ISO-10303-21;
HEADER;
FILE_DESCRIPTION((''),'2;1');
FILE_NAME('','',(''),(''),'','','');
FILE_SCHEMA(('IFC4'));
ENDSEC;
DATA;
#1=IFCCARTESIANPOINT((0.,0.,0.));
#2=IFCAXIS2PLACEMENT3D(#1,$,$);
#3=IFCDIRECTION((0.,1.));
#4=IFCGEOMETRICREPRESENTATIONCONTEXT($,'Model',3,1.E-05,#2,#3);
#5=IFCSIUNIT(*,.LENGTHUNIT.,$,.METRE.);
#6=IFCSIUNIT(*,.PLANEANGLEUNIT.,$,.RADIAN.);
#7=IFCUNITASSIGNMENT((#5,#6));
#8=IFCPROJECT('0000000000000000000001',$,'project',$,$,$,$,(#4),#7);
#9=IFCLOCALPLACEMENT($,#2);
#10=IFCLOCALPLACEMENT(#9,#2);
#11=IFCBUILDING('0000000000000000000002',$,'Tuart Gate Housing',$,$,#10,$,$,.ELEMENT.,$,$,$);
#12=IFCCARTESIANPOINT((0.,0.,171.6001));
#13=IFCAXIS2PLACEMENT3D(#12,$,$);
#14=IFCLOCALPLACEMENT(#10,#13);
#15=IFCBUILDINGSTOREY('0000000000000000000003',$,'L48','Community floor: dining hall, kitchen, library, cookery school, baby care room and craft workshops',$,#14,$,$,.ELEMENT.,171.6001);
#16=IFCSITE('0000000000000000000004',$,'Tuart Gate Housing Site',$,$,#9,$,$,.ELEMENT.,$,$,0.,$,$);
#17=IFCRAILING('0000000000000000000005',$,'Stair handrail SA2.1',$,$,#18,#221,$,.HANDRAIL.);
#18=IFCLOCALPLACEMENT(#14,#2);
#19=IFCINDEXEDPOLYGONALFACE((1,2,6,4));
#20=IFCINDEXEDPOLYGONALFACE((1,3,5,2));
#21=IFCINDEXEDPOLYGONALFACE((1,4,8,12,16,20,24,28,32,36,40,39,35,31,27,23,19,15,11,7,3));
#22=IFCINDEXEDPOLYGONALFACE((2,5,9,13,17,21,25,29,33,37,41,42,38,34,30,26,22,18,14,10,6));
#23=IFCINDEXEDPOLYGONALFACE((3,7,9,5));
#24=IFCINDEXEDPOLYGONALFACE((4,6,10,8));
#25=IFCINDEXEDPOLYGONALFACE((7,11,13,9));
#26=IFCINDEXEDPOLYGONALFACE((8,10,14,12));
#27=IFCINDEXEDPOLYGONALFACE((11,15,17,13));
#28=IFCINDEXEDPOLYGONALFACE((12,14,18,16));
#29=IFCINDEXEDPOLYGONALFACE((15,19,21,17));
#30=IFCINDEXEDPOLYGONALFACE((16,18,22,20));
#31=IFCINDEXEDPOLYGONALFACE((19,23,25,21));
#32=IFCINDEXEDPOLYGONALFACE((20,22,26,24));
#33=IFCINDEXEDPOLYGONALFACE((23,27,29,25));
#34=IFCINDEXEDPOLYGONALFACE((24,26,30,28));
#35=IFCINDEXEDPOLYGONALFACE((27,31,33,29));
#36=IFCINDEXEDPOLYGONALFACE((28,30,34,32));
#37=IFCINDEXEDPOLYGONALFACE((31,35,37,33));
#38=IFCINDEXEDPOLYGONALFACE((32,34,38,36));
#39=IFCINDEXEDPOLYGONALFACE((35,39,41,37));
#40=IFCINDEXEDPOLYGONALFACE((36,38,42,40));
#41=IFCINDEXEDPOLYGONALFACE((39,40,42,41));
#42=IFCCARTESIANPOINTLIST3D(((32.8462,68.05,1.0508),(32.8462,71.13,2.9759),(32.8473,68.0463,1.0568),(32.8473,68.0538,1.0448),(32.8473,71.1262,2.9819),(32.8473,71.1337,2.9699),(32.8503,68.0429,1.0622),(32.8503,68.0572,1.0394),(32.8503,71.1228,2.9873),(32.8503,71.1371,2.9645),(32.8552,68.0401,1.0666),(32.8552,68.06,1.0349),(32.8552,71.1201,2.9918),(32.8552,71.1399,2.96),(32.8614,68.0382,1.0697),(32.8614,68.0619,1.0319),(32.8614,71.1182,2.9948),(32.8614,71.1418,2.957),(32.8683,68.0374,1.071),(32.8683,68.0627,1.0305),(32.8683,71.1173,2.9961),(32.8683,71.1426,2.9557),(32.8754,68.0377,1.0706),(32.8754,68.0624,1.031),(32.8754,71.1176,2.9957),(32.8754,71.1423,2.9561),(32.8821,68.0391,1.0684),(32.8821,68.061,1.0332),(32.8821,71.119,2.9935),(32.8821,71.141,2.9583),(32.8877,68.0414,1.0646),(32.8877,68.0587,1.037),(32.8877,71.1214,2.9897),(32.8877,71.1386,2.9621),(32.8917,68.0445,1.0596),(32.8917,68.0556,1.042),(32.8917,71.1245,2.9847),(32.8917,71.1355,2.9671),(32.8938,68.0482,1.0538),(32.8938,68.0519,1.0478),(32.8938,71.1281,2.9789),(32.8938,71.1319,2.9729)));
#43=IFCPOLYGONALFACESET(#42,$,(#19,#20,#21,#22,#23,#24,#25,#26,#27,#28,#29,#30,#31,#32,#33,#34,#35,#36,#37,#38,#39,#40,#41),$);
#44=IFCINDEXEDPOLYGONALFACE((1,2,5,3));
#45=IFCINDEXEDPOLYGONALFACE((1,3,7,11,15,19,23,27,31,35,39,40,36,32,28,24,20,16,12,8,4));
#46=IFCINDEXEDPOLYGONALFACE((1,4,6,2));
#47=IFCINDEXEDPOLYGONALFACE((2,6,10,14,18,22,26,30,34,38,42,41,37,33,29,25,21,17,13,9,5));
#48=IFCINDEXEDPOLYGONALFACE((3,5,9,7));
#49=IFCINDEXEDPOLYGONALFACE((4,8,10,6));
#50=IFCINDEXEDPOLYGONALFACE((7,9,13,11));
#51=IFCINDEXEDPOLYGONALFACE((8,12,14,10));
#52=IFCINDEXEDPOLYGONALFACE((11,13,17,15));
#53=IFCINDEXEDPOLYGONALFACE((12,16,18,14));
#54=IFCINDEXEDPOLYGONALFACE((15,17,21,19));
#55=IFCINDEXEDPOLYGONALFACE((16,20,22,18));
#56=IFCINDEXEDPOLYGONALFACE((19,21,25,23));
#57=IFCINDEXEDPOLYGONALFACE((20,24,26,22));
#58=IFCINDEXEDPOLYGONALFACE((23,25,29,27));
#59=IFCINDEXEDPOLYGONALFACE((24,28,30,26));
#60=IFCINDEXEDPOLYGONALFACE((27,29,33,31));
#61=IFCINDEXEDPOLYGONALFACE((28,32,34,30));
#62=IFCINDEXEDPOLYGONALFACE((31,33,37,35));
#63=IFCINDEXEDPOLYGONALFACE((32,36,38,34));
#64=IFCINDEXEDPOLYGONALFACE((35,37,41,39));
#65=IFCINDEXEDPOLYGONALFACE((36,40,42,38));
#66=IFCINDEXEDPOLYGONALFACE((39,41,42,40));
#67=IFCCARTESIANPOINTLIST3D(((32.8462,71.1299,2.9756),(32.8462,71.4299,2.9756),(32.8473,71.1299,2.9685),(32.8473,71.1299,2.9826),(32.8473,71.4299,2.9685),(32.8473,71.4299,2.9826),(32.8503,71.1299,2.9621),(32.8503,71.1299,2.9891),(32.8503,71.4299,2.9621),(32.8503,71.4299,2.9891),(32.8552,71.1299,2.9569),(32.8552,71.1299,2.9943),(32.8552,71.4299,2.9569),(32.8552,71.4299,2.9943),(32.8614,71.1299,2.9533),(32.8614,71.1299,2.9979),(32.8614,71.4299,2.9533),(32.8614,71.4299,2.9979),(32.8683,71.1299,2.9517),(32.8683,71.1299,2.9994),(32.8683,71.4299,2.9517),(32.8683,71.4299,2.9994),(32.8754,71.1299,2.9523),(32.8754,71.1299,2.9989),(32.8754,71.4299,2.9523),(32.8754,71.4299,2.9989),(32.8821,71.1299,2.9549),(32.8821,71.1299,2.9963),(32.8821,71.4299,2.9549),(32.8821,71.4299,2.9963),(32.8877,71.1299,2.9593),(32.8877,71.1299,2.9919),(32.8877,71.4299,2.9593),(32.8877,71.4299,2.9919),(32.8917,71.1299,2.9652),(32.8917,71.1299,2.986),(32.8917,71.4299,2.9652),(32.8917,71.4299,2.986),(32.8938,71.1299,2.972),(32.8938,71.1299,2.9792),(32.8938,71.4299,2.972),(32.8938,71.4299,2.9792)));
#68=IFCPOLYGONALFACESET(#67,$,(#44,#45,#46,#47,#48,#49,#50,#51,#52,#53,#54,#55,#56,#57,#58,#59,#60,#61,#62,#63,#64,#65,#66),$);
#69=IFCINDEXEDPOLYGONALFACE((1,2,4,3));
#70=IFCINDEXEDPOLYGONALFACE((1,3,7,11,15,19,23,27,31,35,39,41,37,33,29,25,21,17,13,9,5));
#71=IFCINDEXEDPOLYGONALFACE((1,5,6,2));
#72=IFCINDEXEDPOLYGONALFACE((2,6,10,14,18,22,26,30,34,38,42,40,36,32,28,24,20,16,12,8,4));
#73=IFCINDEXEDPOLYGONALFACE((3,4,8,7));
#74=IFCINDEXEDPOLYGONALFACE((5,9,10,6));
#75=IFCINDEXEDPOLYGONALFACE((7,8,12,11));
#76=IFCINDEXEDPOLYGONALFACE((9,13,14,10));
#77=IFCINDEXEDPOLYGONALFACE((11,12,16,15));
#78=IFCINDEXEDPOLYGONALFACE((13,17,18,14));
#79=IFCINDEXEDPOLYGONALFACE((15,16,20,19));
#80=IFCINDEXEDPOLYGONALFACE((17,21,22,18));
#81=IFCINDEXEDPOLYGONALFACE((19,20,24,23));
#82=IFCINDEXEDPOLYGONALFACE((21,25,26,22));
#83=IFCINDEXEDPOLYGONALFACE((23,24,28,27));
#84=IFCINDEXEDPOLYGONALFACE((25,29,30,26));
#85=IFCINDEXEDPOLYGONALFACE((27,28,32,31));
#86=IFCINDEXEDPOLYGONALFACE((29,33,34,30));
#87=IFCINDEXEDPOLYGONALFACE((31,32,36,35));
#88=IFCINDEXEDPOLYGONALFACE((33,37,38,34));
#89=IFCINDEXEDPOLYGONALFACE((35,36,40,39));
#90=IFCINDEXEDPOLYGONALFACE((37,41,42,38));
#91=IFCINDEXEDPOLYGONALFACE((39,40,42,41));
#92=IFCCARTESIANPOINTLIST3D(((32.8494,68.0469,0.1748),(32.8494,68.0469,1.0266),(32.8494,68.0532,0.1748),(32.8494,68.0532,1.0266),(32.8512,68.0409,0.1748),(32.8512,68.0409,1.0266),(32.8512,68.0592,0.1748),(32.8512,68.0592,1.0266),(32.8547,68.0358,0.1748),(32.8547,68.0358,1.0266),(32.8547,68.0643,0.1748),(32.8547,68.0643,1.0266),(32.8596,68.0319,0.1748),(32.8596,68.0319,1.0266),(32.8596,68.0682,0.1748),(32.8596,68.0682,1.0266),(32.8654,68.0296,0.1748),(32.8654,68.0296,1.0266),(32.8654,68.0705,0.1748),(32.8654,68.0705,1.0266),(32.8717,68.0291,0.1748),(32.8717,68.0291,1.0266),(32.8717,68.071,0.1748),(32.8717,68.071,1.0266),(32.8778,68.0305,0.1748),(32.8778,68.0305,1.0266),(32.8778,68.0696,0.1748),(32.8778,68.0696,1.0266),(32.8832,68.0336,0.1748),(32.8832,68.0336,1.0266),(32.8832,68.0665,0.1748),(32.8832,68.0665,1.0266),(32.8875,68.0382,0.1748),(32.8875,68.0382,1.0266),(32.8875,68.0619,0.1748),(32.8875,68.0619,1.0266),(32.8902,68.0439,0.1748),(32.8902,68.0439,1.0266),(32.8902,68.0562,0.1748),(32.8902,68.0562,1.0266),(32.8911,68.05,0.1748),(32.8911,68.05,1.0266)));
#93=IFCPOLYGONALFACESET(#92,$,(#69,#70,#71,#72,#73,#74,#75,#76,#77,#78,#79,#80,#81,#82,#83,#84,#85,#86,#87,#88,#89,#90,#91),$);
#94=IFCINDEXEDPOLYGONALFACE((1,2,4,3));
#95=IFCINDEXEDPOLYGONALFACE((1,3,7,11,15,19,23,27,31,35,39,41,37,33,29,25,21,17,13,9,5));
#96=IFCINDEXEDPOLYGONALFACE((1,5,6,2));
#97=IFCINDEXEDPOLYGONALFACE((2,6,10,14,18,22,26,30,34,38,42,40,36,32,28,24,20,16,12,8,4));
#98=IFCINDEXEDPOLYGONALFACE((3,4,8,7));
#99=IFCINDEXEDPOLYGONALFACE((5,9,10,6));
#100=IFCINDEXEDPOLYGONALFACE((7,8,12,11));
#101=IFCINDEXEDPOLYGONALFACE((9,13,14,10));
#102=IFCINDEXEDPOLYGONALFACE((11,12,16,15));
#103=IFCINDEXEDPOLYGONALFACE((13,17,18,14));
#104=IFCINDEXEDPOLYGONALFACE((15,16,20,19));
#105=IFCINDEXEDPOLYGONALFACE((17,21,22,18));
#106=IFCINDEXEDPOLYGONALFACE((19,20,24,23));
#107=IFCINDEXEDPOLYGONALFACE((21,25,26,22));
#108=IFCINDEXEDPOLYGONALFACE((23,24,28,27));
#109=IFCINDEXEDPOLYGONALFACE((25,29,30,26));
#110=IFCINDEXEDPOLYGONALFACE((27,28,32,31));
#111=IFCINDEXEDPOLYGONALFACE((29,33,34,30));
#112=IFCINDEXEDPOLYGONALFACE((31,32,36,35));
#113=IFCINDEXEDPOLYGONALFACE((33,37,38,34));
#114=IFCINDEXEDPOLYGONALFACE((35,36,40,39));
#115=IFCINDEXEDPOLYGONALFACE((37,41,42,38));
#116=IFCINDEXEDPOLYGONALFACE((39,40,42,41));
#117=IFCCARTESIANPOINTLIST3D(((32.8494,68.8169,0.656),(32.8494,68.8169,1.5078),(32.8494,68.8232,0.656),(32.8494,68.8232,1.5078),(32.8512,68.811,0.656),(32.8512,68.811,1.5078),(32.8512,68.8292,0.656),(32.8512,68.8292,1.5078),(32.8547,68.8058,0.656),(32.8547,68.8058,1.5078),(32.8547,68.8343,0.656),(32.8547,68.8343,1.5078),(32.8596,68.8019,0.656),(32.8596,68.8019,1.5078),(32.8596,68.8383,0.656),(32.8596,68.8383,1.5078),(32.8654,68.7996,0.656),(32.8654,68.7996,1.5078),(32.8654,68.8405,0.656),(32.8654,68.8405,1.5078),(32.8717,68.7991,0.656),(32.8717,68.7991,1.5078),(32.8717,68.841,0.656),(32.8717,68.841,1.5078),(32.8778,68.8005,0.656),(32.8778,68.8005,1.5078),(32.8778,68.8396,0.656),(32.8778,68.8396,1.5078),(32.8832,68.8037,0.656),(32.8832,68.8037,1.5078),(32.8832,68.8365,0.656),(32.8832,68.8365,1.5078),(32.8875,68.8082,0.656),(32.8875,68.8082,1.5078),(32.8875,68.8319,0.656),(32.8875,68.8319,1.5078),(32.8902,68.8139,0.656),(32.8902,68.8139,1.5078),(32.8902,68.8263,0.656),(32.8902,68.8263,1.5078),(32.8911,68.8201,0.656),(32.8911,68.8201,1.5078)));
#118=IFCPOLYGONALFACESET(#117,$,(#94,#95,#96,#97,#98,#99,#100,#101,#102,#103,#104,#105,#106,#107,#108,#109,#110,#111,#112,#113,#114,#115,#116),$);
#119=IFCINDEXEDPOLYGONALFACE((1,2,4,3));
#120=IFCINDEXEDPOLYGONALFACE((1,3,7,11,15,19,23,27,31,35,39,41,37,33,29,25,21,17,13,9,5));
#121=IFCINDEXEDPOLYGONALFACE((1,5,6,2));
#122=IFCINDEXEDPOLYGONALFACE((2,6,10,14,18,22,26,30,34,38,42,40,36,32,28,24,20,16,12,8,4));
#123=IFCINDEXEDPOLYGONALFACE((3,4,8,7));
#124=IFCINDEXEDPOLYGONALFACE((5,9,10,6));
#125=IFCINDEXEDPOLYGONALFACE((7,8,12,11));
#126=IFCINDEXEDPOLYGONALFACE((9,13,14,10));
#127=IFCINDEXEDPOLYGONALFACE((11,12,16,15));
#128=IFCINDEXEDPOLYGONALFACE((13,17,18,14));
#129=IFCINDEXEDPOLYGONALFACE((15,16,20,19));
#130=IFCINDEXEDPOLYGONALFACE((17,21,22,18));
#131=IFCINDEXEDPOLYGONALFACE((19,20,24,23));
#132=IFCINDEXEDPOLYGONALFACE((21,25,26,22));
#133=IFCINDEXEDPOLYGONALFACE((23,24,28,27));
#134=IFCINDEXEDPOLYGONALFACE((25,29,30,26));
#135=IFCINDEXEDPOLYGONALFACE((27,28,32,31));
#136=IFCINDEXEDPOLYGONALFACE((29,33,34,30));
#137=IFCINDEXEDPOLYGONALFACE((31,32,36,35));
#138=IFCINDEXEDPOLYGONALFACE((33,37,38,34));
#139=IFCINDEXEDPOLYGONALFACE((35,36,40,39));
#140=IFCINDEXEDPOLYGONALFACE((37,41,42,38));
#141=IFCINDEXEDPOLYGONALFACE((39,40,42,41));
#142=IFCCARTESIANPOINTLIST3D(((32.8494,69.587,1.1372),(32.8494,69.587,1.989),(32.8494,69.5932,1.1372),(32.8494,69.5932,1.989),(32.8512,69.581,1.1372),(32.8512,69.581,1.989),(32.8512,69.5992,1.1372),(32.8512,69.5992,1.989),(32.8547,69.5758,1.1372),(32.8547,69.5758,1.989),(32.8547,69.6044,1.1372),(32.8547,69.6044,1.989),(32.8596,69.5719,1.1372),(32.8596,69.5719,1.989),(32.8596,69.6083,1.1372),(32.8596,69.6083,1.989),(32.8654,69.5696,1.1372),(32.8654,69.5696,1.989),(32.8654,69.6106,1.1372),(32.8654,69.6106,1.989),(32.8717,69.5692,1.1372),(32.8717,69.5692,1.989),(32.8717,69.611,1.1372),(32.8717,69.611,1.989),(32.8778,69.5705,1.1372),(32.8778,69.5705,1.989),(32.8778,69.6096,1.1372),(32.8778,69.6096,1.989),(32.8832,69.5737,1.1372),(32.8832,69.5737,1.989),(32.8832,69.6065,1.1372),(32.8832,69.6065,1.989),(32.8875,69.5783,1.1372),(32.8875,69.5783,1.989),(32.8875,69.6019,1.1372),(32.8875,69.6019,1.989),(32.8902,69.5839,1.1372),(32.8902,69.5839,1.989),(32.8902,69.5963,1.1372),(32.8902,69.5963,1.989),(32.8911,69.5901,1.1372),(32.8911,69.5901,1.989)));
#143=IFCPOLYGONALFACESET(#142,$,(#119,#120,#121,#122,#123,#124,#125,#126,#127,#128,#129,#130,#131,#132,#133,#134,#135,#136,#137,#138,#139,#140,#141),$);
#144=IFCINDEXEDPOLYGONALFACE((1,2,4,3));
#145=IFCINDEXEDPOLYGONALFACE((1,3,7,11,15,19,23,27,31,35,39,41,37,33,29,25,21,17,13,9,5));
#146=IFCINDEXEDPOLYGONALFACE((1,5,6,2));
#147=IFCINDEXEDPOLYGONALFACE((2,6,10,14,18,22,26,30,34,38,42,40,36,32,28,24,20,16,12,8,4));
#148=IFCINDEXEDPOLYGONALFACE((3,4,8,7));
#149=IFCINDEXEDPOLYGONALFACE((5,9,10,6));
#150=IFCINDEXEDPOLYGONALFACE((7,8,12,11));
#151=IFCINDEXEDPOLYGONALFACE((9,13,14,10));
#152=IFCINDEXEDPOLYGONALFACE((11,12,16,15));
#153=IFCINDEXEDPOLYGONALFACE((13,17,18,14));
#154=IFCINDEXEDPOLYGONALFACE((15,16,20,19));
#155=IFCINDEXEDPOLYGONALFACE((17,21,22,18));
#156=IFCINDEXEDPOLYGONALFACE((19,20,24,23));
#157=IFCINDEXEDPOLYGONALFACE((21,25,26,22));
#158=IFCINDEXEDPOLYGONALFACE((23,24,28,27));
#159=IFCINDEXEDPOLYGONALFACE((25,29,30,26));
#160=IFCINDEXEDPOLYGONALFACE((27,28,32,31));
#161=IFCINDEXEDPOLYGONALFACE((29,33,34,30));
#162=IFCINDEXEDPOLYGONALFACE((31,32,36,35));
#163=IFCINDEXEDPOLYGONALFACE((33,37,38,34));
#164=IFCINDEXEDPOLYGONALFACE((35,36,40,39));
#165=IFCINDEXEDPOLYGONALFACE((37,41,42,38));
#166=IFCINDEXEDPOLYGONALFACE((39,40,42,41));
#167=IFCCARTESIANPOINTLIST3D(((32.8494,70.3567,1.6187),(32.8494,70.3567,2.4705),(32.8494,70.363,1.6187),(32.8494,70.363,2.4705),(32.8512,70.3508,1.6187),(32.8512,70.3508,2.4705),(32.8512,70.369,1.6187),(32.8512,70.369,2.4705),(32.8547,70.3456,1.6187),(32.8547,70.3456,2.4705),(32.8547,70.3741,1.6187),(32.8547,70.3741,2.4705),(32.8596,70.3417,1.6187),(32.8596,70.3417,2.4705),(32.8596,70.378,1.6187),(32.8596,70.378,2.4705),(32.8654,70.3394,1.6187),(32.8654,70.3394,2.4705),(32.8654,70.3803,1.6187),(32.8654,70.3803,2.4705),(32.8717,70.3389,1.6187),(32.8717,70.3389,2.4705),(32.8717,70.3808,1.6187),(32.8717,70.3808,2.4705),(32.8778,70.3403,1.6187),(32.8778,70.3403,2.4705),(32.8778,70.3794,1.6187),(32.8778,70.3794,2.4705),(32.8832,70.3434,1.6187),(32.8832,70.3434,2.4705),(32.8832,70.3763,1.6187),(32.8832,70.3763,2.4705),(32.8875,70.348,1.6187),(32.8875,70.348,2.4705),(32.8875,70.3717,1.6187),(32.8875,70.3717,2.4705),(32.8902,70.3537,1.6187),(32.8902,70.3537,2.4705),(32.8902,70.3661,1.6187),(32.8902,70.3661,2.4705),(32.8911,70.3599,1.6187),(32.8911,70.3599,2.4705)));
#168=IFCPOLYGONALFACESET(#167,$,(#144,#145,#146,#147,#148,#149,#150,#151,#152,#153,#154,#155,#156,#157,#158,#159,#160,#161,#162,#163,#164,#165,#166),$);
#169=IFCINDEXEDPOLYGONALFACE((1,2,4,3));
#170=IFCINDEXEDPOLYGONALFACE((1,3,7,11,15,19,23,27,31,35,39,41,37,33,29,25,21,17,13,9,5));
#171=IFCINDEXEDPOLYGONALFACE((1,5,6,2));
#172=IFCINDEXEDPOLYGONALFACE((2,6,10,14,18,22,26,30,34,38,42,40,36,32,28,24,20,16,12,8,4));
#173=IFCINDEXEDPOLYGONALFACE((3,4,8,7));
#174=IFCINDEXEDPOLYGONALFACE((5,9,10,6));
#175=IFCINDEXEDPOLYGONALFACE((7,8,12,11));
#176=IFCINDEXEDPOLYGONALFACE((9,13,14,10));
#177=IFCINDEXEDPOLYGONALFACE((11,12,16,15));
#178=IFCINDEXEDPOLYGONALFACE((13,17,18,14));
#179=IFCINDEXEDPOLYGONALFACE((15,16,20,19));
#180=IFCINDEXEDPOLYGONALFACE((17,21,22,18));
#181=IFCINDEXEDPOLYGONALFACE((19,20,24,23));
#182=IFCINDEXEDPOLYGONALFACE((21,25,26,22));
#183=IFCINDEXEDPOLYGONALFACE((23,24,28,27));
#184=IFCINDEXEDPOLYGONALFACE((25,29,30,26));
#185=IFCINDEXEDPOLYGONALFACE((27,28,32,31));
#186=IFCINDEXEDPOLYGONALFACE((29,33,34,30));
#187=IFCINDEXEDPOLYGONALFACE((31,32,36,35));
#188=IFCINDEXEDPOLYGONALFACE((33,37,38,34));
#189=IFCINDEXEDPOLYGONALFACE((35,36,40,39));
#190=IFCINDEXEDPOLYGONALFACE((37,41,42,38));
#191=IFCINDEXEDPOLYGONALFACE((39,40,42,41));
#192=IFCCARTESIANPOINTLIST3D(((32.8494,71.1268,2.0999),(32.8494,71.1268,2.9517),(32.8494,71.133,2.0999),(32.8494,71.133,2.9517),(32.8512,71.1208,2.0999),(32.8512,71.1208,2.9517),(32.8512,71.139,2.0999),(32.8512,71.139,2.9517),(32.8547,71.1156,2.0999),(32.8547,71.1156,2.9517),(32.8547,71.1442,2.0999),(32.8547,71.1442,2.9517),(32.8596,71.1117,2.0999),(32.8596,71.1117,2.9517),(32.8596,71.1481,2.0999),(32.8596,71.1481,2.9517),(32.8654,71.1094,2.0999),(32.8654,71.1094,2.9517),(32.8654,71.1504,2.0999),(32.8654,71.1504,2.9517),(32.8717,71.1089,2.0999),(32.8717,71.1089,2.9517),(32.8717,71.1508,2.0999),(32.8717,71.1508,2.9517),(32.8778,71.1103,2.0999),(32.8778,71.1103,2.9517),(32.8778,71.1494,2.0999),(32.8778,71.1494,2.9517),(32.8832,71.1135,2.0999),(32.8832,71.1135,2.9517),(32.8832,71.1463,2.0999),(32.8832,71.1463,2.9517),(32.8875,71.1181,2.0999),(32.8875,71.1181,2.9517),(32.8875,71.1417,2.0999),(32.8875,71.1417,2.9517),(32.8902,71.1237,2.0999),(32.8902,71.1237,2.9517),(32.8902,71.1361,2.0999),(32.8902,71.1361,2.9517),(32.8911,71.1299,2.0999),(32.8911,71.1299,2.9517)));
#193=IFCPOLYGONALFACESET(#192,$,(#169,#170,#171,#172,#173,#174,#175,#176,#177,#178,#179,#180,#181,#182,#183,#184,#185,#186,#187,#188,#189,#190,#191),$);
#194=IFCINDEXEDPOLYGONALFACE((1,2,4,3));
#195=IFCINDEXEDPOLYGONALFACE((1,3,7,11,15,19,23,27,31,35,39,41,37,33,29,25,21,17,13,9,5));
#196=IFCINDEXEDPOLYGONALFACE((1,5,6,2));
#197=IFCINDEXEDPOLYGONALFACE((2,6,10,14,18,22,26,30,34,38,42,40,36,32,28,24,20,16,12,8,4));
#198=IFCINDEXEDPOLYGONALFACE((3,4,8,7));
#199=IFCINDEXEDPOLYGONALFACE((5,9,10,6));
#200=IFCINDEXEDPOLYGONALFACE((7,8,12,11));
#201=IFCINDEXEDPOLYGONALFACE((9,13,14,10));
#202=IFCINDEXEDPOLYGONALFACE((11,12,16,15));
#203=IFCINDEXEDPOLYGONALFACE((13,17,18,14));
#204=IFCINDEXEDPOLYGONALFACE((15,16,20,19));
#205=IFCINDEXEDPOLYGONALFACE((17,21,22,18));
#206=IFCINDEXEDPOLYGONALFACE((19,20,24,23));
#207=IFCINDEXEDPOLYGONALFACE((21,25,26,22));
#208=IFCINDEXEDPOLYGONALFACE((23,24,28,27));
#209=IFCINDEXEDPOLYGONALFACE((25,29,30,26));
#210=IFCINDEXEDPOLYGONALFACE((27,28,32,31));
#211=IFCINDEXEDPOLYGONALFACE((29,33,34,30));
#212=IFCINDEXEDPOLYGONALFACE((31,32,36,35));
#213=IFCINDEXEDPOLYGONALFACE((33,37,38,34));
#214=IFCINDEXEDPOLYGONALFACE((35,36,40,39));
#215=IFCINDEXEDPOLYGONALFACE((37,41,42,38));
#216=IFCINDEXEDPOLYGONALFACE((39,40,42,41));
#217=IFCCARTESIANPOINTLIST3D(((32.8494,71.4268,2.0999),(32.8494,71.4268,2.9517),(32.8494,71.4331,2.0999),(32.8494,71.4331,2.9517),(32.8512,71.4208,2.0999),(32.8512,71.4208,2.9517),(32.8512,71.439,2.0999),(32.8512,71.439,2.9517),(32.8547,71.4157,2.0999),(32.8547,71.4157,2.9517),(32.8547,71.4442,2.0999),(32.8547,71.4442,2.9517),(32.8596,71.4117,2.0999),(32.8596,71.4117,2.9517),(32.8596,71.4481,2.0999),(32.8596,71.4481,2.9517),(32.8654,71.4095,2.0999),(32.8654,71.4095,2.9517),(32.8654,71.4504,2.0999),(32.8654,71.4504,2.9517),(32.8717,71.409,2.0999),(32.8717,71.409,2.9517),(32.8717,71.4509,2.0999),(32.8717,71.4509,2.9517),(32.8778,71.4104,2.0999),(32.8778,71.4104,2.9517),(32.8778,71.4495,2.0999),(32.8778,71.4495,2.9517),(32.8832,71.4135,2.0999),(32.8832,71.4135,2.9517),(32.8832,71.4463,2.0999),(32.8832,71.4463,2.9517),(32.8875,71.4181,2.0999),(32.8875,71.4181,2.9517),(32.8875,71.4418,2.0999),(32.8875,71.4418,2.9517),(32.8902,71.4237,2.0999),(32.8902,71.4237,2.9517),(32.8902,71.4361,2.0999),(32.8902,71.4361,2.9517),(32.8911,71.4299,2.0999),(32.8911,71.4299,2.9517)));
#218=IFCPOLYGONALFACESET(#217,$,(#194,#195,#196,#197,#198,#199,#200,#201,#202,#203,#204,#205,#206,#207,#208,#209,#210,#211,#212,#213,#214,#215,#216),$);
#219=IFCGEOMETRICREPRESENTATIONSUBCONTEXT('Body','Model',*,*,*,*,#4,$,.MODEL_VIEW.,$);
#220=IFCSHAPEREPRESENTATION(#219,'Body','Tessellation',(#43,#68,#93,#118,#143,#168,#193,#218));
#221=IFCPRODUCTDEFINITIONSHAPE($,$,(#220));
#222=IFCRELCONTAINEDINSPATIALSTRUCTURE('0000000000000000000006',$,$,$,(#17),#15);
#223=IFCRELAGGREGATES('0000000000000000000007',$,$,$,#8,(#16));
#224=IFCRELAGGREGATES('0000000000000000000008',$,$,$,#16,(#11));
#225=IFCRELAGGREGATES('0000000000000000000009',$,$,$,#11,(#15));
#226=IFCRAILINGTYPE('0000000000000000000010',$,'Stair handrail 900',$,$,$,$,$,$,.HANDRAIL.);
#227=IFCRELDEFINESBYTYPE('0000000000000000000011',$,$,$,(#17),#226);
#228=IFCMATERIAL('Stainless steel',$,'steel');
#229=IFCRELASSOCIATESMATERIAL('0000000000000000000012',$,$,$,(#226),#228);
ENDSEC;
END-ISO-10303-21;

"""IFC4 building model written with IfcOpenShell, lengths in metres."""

from ifc_helpers import new_model, si_unit, direction, frame, origin, origin_2d, place, context, subcontext, project, spatial, circle, extrude, material, type_object, element, save


model = new_model("IFC4")

# Units and contexts
model_context = context("Model", 3, precision=1e-05, world=origin(), true_north=direction((0.0, 1.0)))
body_context = subcontext(model_context, "Body", "Model", "MODEL_VIEW")
ifc_project = project(units=[si_unit("LENGTHUNIT", "METRE"), si_unit("PLANEANGLEUNIT", "RADIAN")], contexts=[model_context])

# Site, building, storey
site_placement = place(None, origin())
site = spatial("IfcSite", under=ifc_project, at=site_placement, Name="Tuart Gate Housing Site", CompositionType="ELEMENT", RefElevation=0.0)
building_placement = place(site_placement, origin())
building = spatial("IfcBuilding", under=site, at=building_placement, Name="Tuart Gate Housing", CompositionType="ELEMENT")
storey_placement = place(building_placement, frame((0.0, 0.0, 171.6001)))
storey = spatial("IfcBuildingStorey", under=building, at=storey_placement, Name="L48", Description="Community floor: dining hall, kitchen, library, cookery school, baby care room and craft workshops", CompositionType="ELEMENT", Elevation=171.6001)

# Railing
ifc_material_1 = material(Name="Stainless steel", Category="steel")
railing_type = type_object("IfcRailingType", Name="Stair handrail 900", PredefinedType="HANDRAIL", material=ifc_material_1)
railing_placement = place(storey_placement, frame((32.8701, 68.05, 0.1748)))
element("IfcRailing", 1, at=railing_placement, inside=storey, type_object=railing_type, Name="Stair handrail SA2.1", PredefinedType="HANDRAIL", context=body_context, shape_type="SweptSolid", body=[
    extrude(circle(Radius=0.0239, at=origin_2d()), frame((0.0, 0.0, 0.876), z_axis=(0.0, 0.847979, 0.530029), x_axis=(-1.0, 0.0, 0.0)), (0.0, 0.0, 1.0), 3.6321),
    extrude(circle(Radius=0.0239, at=origin_2d()), frame((0.0, 3.0798, 2.8008), z_axis=(0.0, 1.0, 0.0), x_axis=(-1.0, 0.0, 0.0)), (0.0, 0.0, 1.0), 0.3),
    extrude(circle(Radius=0.021, at=origin_2d()), origin(), (0.0, 0.0, 1.0), 0.8518),
    extrude(circle(Radius=0.021, at=origin_2d()), frame((0.0, 0.77, 0.4812)), (0.0, 0.0, 1.0), 0.8518),
    extrude(circle(Radius=0.021, at=origin_2d()), frame((0.0, 1.54, 0.9624)), (0.0, 0.0, 1.0), 0.8518),
    extrude(circle(Radius=0.021, at=origin_2d()), frame((0.0, 2.3098, 1.4438)), (0.0, 0.0, 1.0), 0.8518),
    extrude(circle(Radius=0.021, at=origin_2d()), frame((0.0, 3.0798, 1.925)), (0.0, 0.0, 1.0), 0.8518),
    extrude(circle(Radius=0.021, at=origin_2d()), frame((0.0, 3.3799, 1.925)), (0.0, 0.0, 1.0), 0.8518),
])

save(model, "model.ifc")
